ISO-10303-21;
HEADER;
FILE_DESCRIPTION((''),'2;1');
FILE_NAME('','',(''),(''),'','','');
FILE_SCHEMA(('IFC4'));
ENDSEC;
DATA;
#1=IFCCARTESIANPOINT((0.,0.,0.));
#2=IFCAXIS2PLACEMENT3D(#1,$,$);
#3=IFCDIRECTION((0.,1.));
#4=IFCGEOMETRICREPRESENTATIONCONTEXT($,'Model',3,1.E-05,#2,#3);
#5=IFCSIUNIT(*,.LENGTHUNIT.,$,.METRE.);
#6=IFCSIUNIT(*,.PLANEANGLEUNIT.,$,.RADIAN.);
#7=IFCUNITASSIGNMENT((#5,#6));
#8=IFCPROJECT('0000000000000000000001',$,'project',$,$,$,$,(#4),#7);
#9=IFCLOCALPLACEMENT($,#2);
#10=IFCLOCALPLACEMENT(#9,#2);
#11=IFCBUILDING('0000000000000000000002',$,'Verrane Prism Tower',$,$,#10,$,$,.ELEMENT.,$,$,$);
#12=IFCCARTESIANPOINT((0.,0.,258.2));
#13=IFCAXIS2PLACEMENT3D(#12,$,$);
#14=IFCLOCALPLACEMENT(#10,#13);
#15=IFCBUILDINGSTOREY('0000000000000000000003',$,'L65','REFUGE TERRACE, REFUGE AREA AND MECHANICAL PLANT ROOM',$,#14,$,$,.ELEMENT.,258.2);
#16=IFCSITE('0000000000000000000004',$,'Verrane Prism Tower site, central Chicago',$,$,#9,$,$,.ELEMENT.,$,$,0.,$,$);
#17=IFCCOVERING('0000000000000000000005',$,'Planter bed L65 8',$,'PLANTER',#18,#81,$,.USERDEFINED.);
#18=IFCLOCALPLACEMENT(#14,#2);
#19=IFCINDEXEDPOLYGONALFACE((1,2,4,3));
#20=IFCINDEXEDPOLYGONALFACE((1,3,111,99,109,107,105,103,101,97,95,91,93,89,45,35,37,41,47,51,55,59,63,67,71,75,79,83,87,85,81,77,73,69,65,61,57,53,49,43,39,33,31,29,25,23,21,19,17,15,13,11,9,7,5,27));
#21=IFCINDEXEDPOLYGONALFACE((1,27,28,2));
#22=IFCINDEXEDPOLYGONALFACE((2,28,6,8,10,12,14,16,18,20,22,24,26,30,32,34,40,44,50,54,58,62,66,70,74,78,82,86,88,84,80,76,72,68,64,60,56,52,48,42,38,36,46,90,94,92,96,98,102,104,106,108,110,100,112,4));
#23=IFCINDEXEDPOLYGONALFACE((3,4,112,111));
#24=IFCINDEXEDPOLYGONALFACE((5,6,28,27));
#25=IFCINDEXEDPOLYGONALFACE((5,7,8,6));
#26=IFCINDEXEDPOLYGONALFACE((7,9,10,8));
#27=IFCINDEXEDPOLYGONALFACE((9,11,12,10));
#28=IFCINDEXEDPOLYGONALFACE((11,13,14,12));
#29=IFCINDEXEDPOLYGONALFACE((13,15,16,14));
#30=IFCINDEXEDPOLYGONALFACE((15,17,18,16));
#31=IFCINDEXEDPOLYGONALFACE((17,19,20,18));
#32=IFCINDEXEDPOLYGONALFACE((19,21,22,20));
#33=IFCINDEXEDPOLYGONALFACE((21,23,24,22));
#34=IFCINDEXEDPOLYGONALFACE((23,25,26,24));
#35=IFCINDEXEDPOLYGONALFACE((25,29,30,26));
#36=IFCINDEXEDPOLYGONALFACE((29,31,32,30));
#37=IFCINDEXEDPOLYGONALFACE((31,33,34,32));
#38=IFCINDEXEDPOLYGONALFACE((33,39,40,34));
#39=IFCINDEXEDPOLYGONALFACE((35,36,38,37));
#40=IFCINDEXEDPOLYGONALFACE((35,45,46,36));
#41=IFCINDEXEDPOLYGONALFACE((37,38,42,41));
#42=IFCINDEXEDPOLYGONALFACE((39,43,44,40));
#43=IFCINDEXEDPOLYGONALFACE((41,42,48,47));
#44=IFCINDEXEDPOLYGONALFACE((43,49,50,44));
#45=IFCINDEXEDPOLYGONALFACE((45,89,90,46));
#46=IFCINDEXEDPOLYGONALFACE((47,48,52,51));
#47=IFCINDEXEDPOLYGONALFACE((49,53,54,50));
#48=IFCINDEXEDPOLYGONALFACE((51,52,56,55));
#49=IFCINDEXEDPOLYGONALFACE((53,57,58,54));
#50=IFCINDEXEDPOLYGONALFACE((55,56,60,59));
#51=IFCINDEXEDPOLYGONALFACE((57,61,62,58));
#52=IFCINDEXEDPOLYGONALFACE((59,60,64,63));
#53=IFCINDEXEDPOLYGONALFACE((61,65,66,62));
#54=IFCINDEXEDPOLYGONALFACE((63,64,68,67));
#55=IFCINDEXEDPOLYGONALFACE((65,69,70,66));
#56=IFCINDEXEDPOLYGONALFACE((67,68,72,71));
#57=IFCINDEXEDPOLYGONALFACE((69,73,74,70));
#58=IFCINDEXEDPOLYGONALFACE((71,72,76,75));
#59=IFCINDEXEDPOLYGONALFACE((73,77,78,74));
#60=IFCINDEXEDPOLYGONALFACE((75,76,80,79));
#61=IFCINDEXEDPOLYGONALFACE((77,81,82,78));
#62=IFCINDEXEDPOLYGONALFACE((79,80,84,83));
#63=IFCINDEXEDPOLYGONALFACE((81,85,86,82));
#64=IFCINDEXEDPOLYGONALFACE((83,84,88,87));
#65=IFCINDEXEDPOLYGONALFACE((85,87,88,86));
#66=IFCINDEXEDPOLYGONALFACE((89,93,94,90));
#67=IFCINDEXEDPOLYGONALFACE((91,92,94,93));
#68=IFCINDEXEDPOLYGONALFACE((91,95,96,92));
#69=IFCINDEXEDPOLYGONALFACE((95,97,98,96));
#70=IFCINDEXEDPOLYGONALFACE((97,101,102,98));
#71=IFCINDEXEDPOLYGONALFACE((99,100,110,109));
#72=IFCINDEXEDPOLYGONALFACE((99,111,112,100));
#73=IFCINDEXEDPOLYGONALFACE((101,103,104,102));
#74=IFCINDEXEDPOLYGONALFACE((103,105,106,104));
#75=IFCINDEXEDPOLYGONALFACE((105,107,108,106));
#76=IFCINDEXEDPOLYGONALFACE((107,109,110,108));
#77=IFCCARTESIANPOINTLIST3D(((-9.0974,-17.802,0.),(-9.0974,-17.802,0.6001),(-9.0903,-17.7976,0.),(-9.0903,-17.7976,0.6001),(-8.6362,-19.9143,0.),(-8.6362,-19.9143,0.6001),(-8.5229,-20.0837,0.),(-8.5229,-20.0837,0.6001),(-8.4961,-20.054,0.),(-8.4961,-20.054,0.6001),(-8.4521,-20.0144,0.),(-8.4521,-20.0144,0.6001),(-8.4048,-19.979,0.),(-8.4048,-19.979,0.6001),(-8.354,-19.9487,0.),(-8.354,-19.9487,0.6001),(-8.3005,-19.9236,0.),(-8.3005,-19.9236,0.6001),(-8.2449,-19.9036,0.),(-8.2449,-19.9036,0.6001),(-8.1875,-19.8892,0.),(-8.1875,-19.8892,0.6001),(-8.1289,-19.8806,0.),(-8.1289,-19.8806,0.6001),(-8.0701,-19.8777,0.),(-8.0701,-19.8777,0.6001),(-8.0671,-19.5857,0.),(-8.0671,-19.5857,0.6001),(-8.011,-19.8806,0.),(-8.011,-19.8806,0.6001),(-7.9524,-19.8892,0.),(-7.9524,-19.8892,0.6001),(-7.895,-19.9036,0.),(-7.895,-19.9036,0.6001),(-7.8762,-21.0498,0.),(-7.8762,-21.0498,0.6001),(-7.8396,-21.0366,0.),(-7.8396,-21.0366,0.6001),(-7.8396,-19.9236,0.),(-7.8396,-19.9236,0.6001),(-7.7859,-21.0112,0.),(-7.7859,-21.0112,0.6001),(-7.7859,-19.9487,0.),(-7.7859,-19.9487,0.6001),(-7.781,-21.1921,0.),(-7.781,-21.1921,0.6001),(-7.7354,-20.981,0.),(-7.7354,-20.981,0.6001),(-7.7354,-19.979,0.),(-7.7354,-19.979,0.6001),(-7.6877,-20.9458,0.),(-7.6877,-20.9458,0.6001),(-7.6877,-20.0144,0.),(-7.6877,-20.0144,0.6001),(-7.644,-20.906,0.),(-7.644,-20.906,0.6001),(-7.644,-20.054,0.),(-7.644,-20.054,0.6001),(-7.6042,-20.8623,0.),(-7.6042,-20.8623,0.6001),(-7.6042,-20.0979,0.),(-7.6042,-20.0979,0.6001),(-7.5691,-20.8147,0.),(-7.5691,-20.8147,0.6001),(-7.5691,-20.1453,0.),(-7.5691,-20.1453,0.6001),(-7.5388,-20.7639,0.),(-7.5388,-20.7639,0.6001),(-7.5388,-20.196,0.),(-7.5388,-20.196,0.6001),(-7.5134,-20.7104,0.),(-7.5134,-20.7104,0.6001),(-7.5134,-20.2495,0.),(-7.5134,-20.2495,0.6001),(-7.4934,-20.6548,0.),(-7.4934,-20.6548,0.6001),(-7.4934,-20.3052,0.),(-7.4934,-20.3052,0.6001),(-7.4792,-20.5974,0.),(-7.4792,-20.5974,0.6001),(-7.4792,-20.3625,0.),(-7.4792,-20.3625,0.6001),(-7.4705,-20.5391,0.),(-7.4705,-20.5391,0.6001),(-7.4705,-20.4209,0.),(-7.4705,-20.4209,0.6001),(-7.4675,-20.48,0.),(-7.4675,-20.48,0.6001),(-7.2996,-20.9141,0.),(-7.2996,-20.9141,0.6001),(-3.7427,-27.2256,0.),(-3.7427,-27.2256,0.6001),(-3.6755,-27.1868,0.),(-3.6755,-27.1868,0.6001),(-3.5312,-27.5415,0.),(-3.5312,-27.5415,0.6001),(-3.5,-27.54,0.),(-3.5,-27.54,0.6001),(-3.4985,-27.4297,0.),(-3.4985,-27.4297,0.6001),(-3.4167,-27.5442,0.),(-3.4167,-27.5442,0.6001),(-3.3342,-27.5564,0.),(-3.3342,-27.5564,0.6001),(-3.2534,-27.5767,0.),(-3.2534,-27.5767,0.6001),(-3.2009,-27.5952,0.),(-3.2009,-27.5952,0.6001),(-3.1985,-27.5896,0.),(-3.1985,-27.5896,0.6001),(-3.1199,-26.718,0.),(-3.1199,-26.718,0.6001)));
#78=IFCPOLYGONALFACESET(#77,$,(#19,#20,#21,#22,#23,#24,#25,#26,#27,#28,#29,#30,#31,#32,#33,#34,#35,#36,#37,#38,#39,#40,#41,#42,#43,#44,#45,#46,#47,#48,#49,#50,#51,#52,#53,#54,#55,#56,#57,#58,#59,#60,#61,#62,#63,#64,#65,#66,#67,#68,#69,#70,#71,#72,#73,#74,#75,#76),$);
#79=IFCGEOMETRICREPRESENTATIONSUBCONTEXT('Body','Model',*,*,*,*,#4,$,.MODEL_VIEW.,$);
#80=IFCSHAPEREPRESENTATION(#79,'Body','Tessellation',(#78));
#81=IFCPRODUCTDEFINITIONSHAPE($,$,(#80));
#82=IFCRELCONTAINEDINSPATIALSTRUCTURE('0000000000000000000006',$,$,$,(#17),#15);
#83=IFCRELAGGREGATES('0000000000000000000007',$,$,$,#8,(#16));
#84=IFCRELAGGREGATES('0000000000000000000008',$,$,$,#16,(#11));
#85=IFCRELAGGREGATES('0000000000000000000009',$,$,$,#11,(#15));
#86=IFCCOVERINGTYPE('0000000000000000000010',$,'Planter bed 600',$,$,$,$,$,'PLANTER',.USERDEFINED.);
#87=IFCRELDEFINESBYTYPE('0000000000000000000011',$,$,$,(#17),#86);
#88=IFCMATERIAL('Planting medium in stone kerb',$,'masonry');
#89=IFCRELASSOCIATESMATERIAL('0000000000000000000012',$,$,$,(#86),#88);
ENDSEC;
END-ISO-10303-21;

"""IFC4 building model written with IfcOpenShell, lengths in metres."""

from ifc_helpers import new_model, si_unit, direction, frame, origin, place, context, subcontext, project, spatial, polyline, outline, extrude, material, type_object, element, save


model = new_model("IFC4")

# Units and contexts
model_context = context("Model", 3, precision=1e-05, world=origin(), true_north=direction((0.0, 1.0)))
body_context = subcontext(model_context, "Body", "Model", "MODEL_VIEW")
ifc_project = project(units=[si_unit("LENGTHUNIT", "METRE"), si_unit("PLANEANGLEUNIT", "RADIAN")], contexts=[model_context])

# Site, building, storey
site_placement = place(None, origin())
site = spatial("IfcSite", under=ifc_project, at=site_placement, Name="Verrane Prism Tower site, central Chicago", CompositionType="ELEMENT", RefElevation=0.0)
building_placement = place(site_placement, origin())
building = spatial("IfcBuilding", under=site, at=building_placement, Name="Verrane Prism Tower", CompositionType="ELEMENT")
storey_placement = place(building_placement, frame((0.0, 0.0, 258.2)))
storey = spatial("IfcBuildingStorey", under=building, at=storey_placement, Name="L65", Description="REFUGE TERRACE, REFUGE AREA AND MECHANICAL PLANT ROOM", CompositionType="ELEMENT", Elevation=258.2)

# Covering
ifc_material_1 = material(Name="Planting medium in stone kerb", Category="masonry")
covering_type_1 = type_object("IfcCoveringType", Name="Planter bed 600", ElementType="PLANTER", PredefinedType="USERDEFINED", material=ifc_material_1)
covering_1_placement = place(storey_placement, origin())
element("IfcCovering", 1, at=covering_1_placement, inside=storey, type_object=covering_type_1, Name="Planter bed L65 8", ObjectType="PLANTER", PredefinedType="USERDEFINED", context=body_context, shape_type="SweptSolid", body=[
    extrude(outline(polyline([(-3.5312, -27.5415), (-3.5, -27.54), (-3.4167, -27.5442), (-3.3342, -27.5564), (-3.2534, -27.5767), (-3.2009, -27.5952), (-3.1985, -27.5896), (-3.4985, -27.4297), (-3.1199, -26.718), (-9.0903, -17.7976), (-9.0974, -17.802), (-8.0671, -19.5857), (-8.6362, -19.9143), (-8.5229, -20.0837), (-8.4961, -20.054), (-8.4521, -20.0144), (-8.4048, -19.979), (-8.354, -19.9487), (-8.3005, -19.9236), (-8.2449, -19.9036), (-8.1875, -19.8892), (-8.1289, -19.8806), (-8.0701, -19.8777), (-8.011, -19.8806), (-7.9524, -19.8892), (-7.895, -19.9036), (-7.8396, -19.9236), (-7.7859, -19.9487), (-7.7354, -19.979), (-7.6877, -20.0144), (-7.644, -20.054), (-7.6042, -20.0979), (-7.5691, -20.1453), (-7.5388, -20.196), (-7.5134, -20.2495), (-7.4934, -20.3052), (-7.4792, -20.3625), (-7.4705, -20.4209), (-7.4675, -20.48), (-7.4705, -20.5391), (-7.4792, -20.5974), (-7.4934, -20.6548), (-7.5134, -20.7104), (-7.5388, -20.7639), (-7.5691, -20.8147), (-7.6042, -20.8623), (-7.644, -20.906), (-7.6877, -20.9458), (-7.7354, -20.981), (-7.7859, -21.0112), (-7.8396, -21.0366), (-7.8762, -21.0498), (-7.781, -21.1921), (-7.2996, -20.9141), (-3.6755, -27.1868), (-3.7427, -27.2256), (-3.5312, -27.5415)])), origin(), (0.0, 0.0, 1.0), 0.6001),
])

save(model, "model.ifc")
